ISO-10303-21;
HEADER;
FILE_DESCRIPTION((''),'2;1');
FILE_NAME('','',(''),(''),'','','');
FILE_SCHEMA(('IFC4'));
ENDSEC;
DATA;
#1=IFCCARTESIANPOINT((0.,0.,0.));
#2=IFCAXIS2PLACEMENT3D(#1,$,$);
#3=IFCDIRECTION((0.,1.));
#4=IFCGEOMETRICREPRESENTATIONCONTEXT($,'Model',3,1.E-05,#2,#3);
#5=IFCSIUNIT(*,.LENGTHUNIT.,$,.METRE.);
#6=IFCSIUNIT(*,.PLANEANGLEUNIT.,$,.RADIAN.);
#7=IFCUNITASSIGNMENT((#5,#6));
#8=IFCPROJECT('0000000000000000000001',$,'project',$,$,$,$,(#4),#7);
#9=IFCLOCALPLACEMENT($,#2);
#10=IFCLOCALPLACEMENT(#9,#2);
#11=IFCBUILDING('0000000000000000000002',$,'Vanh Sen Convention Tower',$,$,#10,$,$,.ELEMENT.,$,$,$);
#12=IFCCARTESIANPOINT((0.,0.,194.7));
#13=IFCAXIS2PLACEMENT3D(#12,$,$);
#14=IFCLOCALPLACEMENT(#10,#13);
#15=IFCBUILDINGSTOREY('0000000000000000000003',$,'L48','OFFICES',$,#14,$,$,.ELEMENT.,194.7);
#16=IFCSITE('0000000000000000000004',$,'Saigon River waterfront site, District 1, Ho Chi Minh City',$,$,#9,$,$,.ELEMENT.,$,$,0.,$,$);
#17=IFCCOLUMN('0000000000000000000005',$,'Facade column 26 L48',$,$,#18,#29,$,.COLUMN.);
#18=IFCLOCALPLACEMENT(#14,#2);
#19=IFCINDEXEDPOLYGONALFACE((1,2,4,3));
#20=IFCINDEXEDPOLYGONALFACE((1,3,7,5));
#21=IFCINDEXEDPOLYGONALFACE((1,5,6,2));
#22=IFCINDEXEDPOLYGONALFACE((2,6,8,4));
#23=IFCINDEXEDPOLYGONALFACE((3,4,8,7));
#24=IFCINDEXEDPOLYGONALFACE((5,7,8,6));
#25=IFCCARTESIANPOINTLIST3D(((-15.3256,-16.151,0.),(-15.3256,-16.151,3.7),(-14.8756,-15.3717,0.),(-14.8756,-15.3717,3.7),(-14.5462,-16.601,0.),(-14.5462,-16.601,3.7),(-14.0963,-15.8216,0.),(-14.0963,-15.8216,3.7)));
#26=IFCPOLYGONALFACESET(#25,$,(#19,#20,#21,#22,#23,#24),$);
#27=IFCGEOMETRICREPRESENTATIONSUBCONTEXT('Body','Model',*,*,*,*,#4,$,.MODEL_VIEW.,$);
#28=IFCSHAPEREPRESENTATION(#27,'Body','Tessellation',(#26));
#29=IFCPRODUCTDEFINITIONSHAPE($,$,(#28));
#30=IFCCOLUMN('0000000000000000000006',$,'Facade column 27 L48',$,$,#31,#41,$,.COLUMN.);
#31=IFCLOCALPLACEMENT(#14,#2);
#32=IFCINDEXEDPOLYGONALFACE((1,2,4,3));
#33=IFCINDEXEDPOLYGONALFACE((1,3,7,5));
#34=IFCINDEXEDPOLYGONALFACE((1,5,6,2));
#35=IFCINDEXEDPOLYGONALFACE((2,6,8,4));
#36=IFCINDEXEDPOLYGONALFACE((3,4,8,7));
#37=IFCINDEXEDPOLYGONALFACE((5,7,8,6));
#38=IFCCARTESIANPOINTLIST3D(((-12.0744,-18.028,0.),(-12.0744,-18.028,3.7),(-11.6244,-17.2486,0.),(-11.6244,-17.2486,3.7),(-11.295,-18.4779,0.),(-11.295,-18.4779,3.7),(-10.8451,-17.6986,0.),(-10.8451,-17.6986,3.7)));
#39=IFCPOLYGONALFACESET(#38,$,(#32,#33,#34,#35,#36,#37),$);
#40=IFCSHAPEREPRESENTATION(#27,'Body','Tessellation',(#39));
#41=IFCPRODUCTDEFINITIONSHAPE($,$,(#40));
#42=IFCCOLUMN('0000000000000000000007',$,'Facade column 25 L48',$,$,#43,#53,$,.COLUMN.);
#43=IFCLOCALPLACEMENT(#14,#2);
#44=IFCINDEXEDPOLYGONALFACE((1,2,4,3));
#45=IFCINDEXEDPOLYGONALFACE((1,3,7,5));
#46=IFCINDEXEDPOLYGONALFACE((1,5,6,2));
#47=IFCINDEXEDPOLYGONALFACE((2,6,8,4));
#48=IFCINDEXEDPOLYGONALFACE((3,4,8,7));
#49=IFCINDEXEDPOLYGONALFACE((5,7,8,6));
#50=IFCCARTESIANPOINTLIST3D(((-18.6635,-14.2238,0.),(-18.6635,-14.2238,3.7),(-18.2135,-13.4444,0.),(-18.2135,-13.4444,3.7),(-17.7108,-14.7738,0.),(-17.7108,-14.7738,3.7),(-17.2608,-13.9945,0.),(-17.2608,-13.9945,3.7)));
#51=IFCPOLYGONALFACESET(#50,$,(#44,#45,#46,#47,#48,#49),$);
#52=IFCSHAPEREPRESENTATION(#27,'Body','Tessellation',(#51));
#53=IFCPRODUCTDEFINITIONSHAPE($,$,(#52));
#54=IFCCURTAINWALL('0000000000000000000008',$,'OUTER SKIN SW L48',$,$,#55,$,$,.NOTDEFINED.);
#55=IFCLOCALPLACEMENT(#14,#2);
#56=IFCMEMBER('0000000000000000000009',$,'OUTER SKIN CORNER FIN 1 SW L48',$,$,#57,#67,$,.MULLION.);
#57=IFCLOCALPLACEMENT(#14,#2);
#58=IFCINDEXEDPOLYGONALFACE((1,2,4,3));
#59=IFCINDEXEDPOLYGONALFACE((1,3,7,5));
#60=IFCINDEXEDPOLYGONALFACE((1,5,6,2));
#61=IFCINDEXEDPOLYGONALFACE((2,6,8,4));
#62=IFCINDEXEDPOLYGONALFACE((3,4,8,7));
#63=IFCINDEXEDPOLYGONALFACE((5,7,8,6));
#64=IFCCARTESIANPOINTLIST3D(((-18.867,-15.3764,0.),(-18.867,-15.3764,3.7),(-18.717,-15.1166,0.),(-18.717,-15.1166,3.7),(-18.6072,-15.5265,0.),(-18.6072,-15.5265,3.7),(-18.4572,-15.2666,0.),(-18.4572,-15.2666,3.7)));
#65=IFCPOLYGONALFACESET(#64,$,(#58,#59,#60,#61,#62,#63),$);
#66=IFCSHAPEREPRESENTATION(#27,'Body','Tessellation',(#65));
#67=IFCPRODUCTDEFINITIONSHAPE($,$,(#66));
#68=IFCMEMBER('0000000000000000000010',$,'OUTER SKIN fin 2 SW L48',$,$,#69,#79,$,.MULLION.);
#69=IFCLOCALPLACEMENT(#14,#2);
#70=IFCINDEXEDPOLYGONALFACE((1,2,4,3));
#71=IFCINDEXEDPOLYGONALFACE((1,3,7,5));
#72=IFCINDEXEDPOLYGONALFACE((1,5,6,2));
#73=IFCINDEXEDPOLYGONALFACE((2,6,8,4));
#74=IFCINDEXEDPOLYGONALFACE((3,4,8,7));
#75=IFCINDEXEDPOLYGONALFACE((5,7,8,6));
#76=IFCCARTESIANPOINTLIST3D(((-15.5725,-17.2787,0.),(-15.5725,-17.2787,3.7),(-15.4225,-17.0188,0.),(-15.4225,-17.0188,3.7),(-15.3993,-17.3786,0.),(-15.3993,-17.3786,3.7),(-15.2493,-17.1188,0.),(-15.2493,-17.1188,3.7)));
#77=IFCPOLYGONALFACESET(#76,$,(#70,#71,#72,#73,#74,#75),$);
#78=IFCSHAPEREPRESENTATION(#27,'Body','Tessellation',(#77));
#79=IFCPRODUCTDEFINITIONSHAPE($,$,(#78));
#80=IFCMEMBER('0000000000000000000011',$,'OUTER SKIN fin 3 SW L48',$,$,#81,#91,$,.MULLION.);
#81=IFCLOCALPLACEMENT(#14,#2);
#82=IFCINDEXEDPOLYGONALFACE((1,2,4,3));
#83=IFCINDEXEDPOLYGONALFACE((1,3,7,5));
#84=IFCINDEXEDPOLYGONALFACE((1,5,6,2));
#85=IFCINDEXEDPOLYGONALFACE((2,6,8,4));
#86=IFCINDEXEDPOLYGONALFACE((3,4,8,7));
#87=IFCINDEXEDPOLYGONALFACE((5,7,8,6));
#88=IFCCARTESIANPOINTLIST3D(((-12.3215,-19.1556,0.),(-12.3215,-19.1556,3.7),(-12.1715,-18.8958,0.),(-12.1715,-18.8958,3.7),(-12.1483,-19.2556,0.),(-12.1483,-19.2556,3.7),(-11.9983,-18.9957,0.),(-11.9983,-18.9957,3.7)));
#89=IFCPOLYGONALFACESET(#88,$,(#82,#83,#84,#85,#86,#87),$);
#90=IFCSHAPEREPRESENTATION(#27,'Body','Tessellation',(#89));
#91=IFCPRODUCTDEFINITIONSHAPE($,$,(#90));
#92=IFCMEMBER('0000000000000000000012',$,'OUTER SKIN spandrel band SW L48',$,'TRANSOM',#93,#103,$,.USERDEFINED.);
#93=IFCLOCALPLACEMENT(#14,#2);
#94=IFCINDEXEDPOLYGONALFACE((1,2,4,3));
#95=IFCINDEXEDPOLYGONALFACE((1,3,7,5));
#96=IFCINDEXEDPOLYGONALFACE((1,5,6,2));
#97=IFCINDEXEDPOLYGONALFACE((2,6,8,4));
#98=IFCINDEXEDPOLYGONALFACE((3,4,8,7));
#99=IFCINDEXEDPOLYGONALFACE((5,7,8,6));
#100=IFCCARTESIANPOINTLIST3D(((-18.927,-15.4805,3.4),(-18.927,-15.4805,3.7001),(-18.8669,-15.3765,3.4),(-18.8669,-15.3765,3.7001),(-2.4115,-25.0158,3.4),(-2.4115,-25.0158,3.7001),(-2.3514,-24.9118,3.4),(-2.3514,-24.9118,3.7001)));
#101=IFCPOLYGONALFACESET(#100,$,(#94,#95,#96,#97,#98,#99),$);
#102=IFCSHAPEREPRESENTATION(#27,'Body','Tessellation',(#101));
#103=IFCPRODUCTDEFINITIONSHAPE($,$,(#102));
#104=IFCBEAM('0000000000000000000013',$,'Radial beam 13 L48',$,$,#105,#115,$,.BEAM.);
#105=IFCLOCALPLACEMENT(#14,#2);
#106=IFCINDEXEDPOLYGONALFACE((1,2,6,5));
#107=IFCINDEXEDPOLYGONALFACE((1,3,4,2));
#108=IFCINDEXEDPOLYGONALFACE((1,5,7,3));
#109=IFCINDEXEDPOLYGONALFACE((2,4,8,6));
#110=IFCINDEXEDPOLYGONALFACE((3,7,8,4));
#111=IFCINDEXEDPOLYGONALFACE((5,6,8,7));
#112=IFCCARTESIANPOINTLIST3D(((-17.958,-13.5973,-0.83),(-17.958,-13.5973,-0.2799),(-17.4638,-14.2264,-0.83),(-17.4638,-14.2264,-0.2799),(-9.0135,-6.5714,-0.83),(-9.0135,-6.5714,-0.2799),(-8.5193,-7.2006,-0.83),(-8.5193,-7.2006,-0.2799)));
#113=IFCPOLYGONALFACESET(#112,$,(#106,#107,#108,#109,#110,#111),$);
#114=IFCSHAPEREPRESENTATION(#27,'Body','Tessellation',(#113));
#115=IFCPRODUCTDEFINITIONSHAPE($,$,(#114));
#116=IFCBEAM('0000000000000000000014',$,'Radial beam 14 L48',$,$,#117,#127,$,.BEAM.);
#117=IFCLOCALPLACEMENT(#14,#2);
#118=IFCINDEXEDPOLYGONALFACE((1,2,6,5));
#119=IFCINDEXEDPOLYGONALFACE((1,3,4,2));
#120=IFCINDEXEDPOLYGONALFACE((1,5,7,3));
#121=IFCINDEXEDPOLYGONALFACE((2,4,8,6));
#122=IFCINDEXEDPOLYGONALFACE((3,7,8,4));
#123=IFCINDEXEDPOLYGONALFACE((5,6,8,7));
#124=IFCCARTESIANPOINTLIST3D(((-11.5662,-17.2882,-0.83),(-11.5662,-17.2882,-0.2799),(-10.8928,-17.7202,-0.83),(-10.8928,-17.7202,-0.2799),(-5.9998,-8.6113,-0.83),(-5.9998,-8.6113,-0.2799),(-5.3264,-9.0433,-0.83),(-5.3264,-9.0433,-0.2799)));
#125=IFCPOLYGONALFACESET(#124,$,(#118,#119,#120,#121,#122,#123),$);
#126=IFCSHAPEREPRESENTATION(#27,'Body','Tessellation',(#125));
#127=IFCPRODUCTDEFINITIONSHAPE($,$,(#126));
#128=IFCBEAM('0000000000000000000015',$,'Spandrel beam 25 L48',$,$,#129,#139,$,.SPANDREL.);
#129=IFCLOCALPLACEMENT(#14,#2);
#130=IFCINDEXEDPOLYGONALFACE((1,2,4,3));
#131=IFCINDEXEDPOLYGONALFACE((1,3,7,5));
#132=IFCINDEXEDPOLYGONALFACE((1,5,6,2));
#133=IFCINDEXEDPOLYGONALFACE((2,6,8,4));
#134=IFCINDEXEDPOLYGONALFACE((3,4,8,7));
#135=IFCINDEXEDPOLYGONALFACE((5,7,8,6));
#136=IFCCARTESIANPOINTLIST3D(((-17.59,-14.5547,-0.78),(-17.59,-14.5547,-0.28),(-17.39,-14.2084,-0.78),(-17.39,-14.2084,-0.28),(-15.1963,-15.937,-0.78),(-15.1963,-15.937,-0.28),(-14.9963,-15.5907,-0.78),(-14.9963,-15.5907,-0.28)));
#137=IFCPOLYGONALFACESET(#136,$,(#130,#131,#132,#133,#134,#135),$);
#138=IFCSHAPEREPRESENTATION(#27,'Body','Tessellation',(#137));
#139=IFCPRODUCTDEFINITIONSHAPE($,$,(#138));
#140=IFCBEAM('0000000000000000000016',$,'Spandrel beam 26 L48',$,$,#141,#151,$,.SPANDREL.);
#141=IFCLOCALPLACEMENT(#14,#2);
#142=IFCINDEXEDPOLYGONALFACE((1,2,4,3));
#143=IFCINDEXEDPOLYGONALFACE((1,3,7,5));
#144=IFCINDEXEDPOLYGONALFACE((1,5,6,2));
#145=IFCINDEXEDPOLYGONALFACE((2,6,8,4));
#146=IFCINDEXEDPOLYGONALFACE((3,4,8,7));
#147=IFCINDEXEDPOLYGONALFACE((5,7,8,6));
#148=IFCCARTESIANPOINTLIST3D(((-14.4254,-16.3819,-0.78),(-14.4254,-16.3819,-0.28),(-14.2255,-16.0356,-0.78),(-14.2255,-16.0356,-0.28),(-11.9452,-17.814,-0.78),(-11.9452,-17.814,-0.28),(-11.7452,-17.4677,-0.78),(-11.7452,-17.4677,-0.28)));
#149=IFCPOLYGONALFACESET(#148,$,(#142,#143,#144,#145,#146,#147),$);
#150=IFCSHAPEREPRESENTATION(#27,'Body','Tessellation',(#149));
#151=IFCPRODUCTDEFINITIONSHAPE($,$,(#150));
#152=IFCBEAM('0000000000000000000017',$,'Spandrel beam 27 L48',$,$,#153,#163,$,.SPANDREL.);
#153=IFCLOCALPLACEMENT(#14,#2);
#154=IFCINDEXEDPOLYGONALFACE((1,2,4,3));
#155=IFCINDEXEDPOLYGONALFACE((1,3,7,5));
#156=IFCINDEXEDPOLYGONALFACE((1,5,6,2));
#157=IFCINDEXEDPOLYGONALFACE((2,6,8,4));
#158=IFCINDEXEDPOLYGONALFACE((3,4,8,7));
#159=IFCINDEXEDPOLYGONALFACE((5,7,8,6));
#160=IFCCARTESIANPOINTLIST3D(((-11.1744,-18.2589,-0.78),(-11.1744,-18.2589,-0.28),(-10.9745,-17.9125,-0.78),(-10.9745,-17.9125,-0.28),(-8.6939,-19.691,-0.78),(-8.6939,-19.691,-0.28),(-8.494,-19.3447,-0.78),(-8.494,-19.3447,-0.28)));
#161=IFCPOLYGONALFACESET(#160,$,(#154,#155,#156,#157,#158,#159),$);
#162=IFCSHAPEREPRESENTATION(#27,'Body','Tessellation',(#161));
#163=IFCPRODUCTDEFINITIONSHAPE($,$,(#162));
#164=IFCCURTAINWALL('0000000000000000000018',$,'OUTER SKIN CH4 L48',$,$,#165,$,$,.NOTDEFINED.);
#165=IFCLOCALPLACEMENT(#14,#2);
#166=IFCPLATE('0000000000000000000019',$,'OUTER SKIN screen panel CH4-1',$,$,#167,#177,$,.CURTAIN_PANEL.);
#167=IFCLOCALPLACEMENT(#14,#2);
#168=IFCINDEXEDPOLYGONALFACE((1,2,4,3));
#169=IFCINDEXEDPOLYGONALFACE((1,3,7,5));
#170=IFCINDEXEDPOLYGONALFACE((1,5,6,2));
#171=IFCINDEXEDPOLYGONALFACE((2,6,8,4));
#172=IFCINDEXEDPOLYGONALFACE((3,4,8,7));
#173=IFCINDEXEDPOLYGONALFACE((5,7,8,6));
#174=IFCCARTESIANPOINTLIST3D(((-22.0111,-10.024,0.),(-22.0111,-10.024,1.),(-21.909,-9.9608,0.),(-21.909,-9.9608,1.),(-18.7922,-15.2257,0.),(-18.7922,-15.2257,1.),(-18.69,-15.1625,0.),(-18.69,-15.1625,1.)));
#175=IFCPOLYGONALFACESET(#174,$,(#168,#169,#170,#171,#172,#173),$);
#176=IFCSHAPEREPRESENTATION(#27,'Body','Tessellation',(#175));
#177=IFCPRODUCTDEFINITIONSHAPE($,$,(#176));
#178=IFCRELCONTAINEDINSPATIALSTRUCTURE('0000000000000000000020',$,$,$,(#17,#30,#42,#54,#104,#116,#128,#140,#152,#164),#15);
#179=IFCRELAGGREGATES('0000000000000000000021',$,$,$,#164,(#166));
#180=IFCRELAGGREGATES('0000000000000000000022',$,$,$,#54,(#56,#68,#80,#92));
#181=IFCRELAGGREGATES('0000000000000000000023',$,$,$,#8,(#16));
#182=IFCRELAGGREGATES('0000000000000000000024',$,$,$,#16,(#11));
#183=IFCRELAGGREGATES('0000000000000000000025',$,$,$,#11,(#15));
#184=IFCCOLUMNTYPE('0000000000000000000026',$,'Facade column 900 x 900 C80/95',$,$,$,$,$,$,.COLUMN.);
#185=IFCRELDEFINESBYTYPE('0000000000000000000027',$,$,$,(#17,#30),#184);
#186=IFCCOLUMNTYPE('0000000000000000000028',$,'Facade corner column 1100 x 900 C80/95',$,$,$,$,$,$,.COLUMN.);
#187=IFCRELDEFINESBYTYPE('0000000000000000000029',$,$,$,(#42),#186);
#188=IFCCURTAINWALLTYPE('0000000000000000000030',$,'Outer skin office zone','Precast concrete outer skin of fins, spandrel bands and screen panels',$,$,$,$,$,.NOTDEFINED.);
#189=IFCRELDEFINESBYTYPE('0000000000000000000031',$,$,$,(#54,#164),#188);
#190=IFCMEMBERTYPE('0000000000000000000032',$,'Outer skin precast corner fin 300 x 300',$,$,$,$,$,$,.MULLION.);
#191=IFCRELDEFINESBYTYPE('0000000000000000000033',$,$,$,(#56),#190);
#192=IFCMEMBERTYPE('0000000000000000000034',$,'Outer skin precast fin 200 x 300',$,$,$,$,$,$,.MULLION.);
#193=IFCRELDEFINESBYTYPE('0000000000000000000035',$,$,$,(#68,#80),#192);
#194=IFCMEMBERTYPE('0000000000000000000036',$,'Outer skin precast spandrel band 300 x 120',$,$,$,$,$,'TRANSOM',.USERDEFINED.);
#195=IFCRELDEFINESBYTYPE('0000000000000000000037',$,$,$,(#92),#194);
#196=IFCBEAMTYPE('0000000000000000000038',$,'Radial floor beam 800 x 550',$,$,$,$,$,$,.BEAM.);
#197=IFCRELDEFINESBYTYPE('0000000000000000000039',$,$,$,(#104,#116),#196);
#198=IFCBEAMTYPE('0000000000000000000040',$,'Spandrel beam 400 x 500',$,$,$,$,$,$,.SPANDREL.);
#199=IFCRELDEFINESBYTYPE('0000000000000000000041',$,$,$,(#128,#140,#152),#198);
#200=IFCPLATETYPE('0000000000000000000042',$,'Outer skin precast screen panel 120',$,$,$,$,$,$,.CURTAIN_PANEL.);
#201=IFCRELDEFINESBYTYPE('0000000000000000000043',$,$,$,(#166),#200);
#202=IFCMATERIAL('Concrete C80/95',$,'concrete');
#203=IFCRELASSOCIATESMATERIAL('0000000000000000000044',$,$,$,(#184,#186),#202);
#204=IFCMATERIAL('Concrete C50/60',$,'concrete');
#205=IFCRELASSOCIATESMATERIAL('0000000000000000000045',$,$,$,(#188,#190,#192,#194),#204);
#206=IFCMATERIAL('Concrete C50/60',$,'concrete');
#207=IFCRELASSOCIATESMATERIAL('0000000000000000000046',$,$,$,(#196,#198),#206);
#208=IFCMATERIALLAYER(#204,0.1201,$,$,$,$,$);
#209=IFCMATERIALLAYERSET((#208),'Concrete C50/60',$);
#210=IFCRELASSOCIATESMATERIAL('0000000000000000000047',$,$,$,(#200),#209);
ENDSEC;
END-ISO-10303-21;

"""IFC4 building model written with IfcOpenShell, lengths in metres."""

from ifc_helpers import new_model, si_unit, direction, frame, origin, origin_2d, place, context, subcontext, project, spatial, rectangle, extrude, material, layer, layer_set, material_profile, profile_set, type_object, element, aggregate, save


model = new_model("IFC4")

# Units and contexts
model_context = context("Model", 3, precision=1e-05, world=origin(), true_north=direction((0.0, 1.0)))
body_context = subcontext(model_context, "Body", "Model", "MODEL_VIEW")
ifc_project = project(units=[si_unit("LENGTHUNIT", "METRE"), si_unit("PLANEANGLEUNIT", "RADIAN")], contexts=[model_context])

# Site, building, storey
site_placement = place(None, origin())
site = spatial("IfcSite", under=ifc_project, at=site_placement, Name="Saigon River waterfront site, District 1, Ho Chi Minh City", CompositionType="ELEMENT", RefElevation=0.0)
building_placement = place(site_placement, origin())
building = spatial("IfcBuilding", under=site, at=building_placement, Name="Vanh Sen Convention Tower", CompositionType="ELEMENT")
storey_placement = place(building_placement, frame((0.0, 0.0, 194.7)))
storey = spatial("IfcBuildingStorey", under=building, at=storey_placement, Name="L48", Description="OFFICES", CompositionType="ELEMENT", Elevation=194.7)

# Columns
ifc_material_1 = material(Name="Concrete C80/95", Category="concrete")
ifc_material_profile_1 = material_profile(ifc_material_1, rectangle(XDim=0.8999, YDim=0.8999, at=origin_2d()), Name="RC 900X900")
ifc_profile_set_1 = profile_set([ifc_material_profile_1], Name="Concrete C80/95")
column_type_1 = type_object("IfcColumnType", Name="Facade column 900 x 900 C80/95", PredefinedType="COLUMN", material=ifc_profile_set_1)
for number, where, z_axis, x_axis, name in (
    (1, (-14.7109, -15.9863, 0.0), (0.0, 0.0, 1.0), (0.866025, -0.5, 0.0), "Facade column 26 L48"),
    (2, (-11.4597, -17.8633, 0.0), (0.0, 0.0, 1.0), (0.866025, -0.5, 0.0), "Facade column 27 L48"),
):
    element("IfcColumn", number, at=place(storey_placement, frame(where, z_axis=z_axis, x_axis=x_axis)), inside=storey, type_object=column_type_1, Name=name, PredefinedType="COLUMN", context=body_context, shape_type="SweptSolid", body=[
        extrude(rectangle(XDim=0.8999, YDim=0.8999, at=origin_2d()), origin(), (0.0, 0.0, 1.0), 3.7),
    ])
ifc_material_profile_2 = material_profile(ifc_material_1, rectangle(XDim=1.1001, YDim=0.8999, at=origin_2d()), Name="RC 1100X900")
ifc_profile_set_2 = profile_set([ifc_material_profile_2], Name="Concrete C80/95")
column_type_2 = type_object("IfcColumnType", Name="Facade corner column 1100 x 900 C80/95", PredefinedType="COLUMN", material=ifc_profile_set_2)
column_placement = place(storey_placement, frame((-17.9622, -14.1091, 0.0), z_axis=(0.0, 0.0, 1.0), x_axis=(0.866025, -0.5, 0.0)))
element("IfcColumn", 3, at=column_placement, inside=storey, type_object=column_type_2, Name="Facade column 25 L48", PredefinedType="COLUMN", context=body_context, shape_type="SweptSolid", body=[
    extrude(rectangle(XDim=1.1001, YDim=0.8999, at=origin_2d()), origin(), (0.0, 0.0, 1.0), 3.7),
])

# Curtain wall, members
ifc_material_2 = material(Name="Concrete C50/60", Category="concrete")
curtain_wall_type = type_object("IfcCurtainWallType", Name="Outer skin office zone", Description="Precast concrete outer skin of fins, spandrel bands and screen panels", PredefinedType="NOTDEFINED", material=ifc_material_2)
curtain_wall_1_placement = place(storey_placement, origin())
curtain_wall_1 = element("IfcCurtainWall", 4, at=curtain_wall_1_placement, inside=storey, type_object=curtain_wall_type, Name="OUTER SKIN SW L48", PredefinedType="NOTDEFINED")
ifc_material_profile_3 = material_profile(ifc_material_2, rectangle(XDim=0.3, YDim=0.3, at=origin_2d()), Name="Outer skin precast corner fin 300 x 300")
ifc_profile_set_3 = profile_set([ifc_material_profile_3], Name="Concrete C50/60")
member_type_1 = type_object("IfcMemberType", Name="Outer skin precast corner fin 300 x 300", PredefinedType="MULLION", material=ifc_profile_set_3)
member_1_placement = place(storey_placement, frame((-18.6621, -15.3215, 0.0), z_axis=(0.0, 0.0, 1.0), x_axis=(0.866025, -0.5, 0.0)))
member_1 = element("IfcMember", 5, at=member_1_placement, type_object=member_type_1, Name="OUTER SKIN CORNER FIN 1 SW L48", PredefinedType="MULLION", context=body_context, shape_type="SweptSolid", body=[
    extrude(rectangle(XDim=0.3, YDim=0.3, at=origin_2d()), origin(), (0.0, 0.0, 1.0), 3.7),
])
ifc_material_profile_4 = material_profile(ifc_material_2, rectangle(XDim=0.2, YDim=0.3, at=origin_2d()), Name="Outer skin precast fin 200 x 300")
ifc_profile_set_4 = profile_set([ifc_material_profile_4], Name="Concrete C50/60")
member_type_2 = type_object("IfcMemberType", Name="Outer skin precast fin 200 x 300", PredefinedType="MULLION", material=ifc_profile_set_4)
member_2_placement = place(storey_placement, frame((-15.4109, -17.1987, 0.0), z_axis=(0.0, 0.0, 1.0), x_axis=(0.866025, -0.5, 0.0)))
member_2 = element("IfcMember", 6, at=member_2_placement, type_object=member_type_2, Name="OUTER SKIN fin 2 SW L48", PredefinedType="MULLION", context=body_context, shape_type="SweptSolid", body=[
    extrude(rectangle(XDim=0.2, YDim=0.3, at=origin_2d()), origin(), (0.0, 0.0, 1.0), 3.7),
])
member_3_placement = place(storey_placement, frame((-12.1599, -19.0757, 0.0), z_axis=(0.0, 0.0, 1.0), x_axis=(0.866025, -0.5, 0.0)))
member_3 = element("IfcMember", 7, at=member_3_placement, type_object=member_type_2, Name="OUTER SKIN fin 3 SW L48", PredefinedType="MULLION", context=body_context, shape_type="SweptSolid", body=[
    extrude(rectangle(XDim=0.2, YDim=0.3, at=origin_2d()), origin(), (0.0, 0.0, 1.0), 3.7),
])
ifc_material_profile_5 = material_profile(ifc_material_2, rectangle(XDim=0.1201, YDim=0.3, at=origin_2d()), Name="Outer skin precast spandrel band 300 x 120")
ifc_profile_set_5 = profile_set([ifc_material_profile_5], Name="Concrete C50/60")
member_type_3 = type_object("IfcMemberType", Name="Outer skin precast spandrel band 300 x 120", ElementType="TRANSOM", PredefinedType="USERDEFINED", material=ifc_profile_set_5)
member_4_placement = place(storey_placement, frame((-18.897, -15.4285, 3.55), z_axis=(0.866023, -0.500004, 0.0), x_axis=(0.500004, 0.866023, 0.0)))
member_4 = element("IfcMember", 8, at=member_4_placement, type_object=member_type_3, Name="OUTER SKIN spandrel band SW L48", ObjectType="TRANSOM", PredefinedType="USERDEFINED", context=body_context, shape_type="SweptSolid", body=[
    extrude(rectangle(XDim=0.1201, YDim=0.3, at=origin_2d()), origin(), (0.0, 0.0, 1.0), 19.0706),
])

# Beams
ifc_material_3 = material(Name="Concrete C50/60", Category="concrete")
ifc_material_profile_6 = material_profile(ifc_material_3, rectangle(XDim=0.8, YDim=0.55, at=origin_2d()), Name="RC 800X550")
ifc_profile_set_6 = profile_set([ifc_material_profile_6], Name="Concrete C50/60")
beam_type_1 = type_object("IfcBeamType", Name="Radial floor beam 800 x 550", PredefinedType="BEAM", material=ifc_profile_set_6)
beam_1_placement = place(storey_placement, frame((-17.7109, -13.9119, -0.5549), z_axis=(0.786404, 0.617713, 0.0), x_axis=(-0.617713, 0.786404, 0.0)))
element("IfcBeam", 9, at=beam_1_placement, inside=storey, type_object=beam_type_1, Name="Radial beam 13 L48", PredefinedType="BEAM", context=body_context, shape_type="SweptSolid", body=[
    extrude(rectangle(XDim=0.8, YDim=0.55, at=origin_2d()), origin(), (0.0, 0.0, 1.0), 11.374),
])
beam_2_placement = place(storey_placement, frame((-11.2295, -17.5042, -0.5549), z_axis=(0.539967, 0.841686, 0.0), x_axis=(-0.841686, 0.539967, 0.0)))
element("IfcBeam", 10, at=beam_2_placement, inside=storey, type_object=beam_type_1, Name="Radial beam 14 L48", PredefinedType="BEAM", context=body_context, shape_type="SweptSolid", body=[
    extrude(rectangle(XDim=0.8, YDim=0.55, at=origin_2d()), origin(), (0.0, 0.0, 1.0), 10.3088),
])
ifc_material_profile_7 = material_profile(ifc_material_3, rectangle(XDim=0.3999, YDim=0.5, at=origin_2d()), Name="RC 400X500")
ifc_profile_set_7 = profile_set([ifc_material_profile_7], Name="Concrete C50/60")
beam_type_2 = type_object("IfcBeamType", Name="Spandrel beam 400 x 500", PredefinedType="SPANDREL", material=ifc_profile_set_7)
beam_3_placement = place(storey_placement, frame((-17.49, -14.3816, -0.53), z_axis=(0.865984, -0.500072, 0.0), x_axis=(0.500072, 0.865984, 0.0)))
element("IfcBeam", 11, at=beam_3_placement, inside=storey, type_object=beam_type_2, Name="Spandrel beam 25 L48", PredefinedType="SPANDREL", context=body_context, shape_type="SweptSolid", body=[
    extrude(rectangle(XDim=0.3999, YDim=0.5, at=origin_2d()), origin(), (0.0, 0.0, 1.0), 2.7642),
])
beam_4_placement = place(storey_placement, frame((-14.3254, -16.2087, -0.53), z_axis=(0.866, -0.500045, 0.0), x_axis=(0.500045, 0.866, 0.0)))
element("IfcBeam", 12, at=beam_4_placement, inside=storey, type_object=beam_type_2, Name="Spandrel beam 26 L48", PredefinedType="SPANDREL", context=body_context, shape_type="SweptSolid", body=[
    extrude(rectangle(XDim=0.3999, YDim=0.5, at=origin_2d()), origin(), (0.0, 0.0, 1.0), 2.864),
])
beam_5_placement = place(storey_placement, frame((-11.0745, -18.0857, -0.53), z_axis=(0.866021, -0.500008, 0.0), x_axis=(0.500008, 0.866021, 0.0)))
element("IfcBeam", 13, at=beam_5_placement, inside=storey, type_object=beam_type_2, Name="Spandrel beam 27 L48", PredefinedType="SPANDREL", context=body_context, shape_type="SweptSolid", body=[
    extrude(rectangle(XDim=0.3999, YDim=0.5, at=origin_2d()), origin(), (0.0, 0.0, 1.0), 2.8643),
])

# Curtain wall, plate
curtain_wall_2_placement = place(storey_placement, origin())
curtain_wall_2 = element("IfcCurtainWall", 14, at=curtain_wall_2_placement, inside=storey, type_object=curtain_wall_type, Name="OUTER SKIN CH4 L48", PredefinedType="NOTDEFINED")
ifc_layer_1 = layer(ifc_material_2, 0.1201)
ifc_layer_set_1 = layer_set([ifc_layer_1], Name="Concrete C50/60")
plate_type = type_object("IfcPlateType", Name="Outer skin precast screen panel 120", PredefinedType="CURTAIN_PANEL", material=ifc_layer_set_1)
plate_1_placement = place(storey_placement, frame((-20.3506, -12.5933, 0.0), z_axis=(0.0, 0.0, 1.0), x_axis=(0.526218, -0.850349, 0.0)))
plate_1 = element("IfcPlate", 15, at=plate_1_placement, type_object=plate_type, Name="OUTER SKIN screen panel CH4-1", PredefinedType="CURTAIN_PANEL", context=body_context, shape_type="SweptSolid", body=[
    extrude(rectangle(XDim=6.1172, YDim=0.1201, at=origin_2d()), origin(), (0.0, 0.0, 1.0), 1.0),
])
aggregate(curtain_wall_2, [plate_1])

aggregate(curtain_wall_1, [member_1, member_2, member_3, member_4])

save(model, "model.ifc")
